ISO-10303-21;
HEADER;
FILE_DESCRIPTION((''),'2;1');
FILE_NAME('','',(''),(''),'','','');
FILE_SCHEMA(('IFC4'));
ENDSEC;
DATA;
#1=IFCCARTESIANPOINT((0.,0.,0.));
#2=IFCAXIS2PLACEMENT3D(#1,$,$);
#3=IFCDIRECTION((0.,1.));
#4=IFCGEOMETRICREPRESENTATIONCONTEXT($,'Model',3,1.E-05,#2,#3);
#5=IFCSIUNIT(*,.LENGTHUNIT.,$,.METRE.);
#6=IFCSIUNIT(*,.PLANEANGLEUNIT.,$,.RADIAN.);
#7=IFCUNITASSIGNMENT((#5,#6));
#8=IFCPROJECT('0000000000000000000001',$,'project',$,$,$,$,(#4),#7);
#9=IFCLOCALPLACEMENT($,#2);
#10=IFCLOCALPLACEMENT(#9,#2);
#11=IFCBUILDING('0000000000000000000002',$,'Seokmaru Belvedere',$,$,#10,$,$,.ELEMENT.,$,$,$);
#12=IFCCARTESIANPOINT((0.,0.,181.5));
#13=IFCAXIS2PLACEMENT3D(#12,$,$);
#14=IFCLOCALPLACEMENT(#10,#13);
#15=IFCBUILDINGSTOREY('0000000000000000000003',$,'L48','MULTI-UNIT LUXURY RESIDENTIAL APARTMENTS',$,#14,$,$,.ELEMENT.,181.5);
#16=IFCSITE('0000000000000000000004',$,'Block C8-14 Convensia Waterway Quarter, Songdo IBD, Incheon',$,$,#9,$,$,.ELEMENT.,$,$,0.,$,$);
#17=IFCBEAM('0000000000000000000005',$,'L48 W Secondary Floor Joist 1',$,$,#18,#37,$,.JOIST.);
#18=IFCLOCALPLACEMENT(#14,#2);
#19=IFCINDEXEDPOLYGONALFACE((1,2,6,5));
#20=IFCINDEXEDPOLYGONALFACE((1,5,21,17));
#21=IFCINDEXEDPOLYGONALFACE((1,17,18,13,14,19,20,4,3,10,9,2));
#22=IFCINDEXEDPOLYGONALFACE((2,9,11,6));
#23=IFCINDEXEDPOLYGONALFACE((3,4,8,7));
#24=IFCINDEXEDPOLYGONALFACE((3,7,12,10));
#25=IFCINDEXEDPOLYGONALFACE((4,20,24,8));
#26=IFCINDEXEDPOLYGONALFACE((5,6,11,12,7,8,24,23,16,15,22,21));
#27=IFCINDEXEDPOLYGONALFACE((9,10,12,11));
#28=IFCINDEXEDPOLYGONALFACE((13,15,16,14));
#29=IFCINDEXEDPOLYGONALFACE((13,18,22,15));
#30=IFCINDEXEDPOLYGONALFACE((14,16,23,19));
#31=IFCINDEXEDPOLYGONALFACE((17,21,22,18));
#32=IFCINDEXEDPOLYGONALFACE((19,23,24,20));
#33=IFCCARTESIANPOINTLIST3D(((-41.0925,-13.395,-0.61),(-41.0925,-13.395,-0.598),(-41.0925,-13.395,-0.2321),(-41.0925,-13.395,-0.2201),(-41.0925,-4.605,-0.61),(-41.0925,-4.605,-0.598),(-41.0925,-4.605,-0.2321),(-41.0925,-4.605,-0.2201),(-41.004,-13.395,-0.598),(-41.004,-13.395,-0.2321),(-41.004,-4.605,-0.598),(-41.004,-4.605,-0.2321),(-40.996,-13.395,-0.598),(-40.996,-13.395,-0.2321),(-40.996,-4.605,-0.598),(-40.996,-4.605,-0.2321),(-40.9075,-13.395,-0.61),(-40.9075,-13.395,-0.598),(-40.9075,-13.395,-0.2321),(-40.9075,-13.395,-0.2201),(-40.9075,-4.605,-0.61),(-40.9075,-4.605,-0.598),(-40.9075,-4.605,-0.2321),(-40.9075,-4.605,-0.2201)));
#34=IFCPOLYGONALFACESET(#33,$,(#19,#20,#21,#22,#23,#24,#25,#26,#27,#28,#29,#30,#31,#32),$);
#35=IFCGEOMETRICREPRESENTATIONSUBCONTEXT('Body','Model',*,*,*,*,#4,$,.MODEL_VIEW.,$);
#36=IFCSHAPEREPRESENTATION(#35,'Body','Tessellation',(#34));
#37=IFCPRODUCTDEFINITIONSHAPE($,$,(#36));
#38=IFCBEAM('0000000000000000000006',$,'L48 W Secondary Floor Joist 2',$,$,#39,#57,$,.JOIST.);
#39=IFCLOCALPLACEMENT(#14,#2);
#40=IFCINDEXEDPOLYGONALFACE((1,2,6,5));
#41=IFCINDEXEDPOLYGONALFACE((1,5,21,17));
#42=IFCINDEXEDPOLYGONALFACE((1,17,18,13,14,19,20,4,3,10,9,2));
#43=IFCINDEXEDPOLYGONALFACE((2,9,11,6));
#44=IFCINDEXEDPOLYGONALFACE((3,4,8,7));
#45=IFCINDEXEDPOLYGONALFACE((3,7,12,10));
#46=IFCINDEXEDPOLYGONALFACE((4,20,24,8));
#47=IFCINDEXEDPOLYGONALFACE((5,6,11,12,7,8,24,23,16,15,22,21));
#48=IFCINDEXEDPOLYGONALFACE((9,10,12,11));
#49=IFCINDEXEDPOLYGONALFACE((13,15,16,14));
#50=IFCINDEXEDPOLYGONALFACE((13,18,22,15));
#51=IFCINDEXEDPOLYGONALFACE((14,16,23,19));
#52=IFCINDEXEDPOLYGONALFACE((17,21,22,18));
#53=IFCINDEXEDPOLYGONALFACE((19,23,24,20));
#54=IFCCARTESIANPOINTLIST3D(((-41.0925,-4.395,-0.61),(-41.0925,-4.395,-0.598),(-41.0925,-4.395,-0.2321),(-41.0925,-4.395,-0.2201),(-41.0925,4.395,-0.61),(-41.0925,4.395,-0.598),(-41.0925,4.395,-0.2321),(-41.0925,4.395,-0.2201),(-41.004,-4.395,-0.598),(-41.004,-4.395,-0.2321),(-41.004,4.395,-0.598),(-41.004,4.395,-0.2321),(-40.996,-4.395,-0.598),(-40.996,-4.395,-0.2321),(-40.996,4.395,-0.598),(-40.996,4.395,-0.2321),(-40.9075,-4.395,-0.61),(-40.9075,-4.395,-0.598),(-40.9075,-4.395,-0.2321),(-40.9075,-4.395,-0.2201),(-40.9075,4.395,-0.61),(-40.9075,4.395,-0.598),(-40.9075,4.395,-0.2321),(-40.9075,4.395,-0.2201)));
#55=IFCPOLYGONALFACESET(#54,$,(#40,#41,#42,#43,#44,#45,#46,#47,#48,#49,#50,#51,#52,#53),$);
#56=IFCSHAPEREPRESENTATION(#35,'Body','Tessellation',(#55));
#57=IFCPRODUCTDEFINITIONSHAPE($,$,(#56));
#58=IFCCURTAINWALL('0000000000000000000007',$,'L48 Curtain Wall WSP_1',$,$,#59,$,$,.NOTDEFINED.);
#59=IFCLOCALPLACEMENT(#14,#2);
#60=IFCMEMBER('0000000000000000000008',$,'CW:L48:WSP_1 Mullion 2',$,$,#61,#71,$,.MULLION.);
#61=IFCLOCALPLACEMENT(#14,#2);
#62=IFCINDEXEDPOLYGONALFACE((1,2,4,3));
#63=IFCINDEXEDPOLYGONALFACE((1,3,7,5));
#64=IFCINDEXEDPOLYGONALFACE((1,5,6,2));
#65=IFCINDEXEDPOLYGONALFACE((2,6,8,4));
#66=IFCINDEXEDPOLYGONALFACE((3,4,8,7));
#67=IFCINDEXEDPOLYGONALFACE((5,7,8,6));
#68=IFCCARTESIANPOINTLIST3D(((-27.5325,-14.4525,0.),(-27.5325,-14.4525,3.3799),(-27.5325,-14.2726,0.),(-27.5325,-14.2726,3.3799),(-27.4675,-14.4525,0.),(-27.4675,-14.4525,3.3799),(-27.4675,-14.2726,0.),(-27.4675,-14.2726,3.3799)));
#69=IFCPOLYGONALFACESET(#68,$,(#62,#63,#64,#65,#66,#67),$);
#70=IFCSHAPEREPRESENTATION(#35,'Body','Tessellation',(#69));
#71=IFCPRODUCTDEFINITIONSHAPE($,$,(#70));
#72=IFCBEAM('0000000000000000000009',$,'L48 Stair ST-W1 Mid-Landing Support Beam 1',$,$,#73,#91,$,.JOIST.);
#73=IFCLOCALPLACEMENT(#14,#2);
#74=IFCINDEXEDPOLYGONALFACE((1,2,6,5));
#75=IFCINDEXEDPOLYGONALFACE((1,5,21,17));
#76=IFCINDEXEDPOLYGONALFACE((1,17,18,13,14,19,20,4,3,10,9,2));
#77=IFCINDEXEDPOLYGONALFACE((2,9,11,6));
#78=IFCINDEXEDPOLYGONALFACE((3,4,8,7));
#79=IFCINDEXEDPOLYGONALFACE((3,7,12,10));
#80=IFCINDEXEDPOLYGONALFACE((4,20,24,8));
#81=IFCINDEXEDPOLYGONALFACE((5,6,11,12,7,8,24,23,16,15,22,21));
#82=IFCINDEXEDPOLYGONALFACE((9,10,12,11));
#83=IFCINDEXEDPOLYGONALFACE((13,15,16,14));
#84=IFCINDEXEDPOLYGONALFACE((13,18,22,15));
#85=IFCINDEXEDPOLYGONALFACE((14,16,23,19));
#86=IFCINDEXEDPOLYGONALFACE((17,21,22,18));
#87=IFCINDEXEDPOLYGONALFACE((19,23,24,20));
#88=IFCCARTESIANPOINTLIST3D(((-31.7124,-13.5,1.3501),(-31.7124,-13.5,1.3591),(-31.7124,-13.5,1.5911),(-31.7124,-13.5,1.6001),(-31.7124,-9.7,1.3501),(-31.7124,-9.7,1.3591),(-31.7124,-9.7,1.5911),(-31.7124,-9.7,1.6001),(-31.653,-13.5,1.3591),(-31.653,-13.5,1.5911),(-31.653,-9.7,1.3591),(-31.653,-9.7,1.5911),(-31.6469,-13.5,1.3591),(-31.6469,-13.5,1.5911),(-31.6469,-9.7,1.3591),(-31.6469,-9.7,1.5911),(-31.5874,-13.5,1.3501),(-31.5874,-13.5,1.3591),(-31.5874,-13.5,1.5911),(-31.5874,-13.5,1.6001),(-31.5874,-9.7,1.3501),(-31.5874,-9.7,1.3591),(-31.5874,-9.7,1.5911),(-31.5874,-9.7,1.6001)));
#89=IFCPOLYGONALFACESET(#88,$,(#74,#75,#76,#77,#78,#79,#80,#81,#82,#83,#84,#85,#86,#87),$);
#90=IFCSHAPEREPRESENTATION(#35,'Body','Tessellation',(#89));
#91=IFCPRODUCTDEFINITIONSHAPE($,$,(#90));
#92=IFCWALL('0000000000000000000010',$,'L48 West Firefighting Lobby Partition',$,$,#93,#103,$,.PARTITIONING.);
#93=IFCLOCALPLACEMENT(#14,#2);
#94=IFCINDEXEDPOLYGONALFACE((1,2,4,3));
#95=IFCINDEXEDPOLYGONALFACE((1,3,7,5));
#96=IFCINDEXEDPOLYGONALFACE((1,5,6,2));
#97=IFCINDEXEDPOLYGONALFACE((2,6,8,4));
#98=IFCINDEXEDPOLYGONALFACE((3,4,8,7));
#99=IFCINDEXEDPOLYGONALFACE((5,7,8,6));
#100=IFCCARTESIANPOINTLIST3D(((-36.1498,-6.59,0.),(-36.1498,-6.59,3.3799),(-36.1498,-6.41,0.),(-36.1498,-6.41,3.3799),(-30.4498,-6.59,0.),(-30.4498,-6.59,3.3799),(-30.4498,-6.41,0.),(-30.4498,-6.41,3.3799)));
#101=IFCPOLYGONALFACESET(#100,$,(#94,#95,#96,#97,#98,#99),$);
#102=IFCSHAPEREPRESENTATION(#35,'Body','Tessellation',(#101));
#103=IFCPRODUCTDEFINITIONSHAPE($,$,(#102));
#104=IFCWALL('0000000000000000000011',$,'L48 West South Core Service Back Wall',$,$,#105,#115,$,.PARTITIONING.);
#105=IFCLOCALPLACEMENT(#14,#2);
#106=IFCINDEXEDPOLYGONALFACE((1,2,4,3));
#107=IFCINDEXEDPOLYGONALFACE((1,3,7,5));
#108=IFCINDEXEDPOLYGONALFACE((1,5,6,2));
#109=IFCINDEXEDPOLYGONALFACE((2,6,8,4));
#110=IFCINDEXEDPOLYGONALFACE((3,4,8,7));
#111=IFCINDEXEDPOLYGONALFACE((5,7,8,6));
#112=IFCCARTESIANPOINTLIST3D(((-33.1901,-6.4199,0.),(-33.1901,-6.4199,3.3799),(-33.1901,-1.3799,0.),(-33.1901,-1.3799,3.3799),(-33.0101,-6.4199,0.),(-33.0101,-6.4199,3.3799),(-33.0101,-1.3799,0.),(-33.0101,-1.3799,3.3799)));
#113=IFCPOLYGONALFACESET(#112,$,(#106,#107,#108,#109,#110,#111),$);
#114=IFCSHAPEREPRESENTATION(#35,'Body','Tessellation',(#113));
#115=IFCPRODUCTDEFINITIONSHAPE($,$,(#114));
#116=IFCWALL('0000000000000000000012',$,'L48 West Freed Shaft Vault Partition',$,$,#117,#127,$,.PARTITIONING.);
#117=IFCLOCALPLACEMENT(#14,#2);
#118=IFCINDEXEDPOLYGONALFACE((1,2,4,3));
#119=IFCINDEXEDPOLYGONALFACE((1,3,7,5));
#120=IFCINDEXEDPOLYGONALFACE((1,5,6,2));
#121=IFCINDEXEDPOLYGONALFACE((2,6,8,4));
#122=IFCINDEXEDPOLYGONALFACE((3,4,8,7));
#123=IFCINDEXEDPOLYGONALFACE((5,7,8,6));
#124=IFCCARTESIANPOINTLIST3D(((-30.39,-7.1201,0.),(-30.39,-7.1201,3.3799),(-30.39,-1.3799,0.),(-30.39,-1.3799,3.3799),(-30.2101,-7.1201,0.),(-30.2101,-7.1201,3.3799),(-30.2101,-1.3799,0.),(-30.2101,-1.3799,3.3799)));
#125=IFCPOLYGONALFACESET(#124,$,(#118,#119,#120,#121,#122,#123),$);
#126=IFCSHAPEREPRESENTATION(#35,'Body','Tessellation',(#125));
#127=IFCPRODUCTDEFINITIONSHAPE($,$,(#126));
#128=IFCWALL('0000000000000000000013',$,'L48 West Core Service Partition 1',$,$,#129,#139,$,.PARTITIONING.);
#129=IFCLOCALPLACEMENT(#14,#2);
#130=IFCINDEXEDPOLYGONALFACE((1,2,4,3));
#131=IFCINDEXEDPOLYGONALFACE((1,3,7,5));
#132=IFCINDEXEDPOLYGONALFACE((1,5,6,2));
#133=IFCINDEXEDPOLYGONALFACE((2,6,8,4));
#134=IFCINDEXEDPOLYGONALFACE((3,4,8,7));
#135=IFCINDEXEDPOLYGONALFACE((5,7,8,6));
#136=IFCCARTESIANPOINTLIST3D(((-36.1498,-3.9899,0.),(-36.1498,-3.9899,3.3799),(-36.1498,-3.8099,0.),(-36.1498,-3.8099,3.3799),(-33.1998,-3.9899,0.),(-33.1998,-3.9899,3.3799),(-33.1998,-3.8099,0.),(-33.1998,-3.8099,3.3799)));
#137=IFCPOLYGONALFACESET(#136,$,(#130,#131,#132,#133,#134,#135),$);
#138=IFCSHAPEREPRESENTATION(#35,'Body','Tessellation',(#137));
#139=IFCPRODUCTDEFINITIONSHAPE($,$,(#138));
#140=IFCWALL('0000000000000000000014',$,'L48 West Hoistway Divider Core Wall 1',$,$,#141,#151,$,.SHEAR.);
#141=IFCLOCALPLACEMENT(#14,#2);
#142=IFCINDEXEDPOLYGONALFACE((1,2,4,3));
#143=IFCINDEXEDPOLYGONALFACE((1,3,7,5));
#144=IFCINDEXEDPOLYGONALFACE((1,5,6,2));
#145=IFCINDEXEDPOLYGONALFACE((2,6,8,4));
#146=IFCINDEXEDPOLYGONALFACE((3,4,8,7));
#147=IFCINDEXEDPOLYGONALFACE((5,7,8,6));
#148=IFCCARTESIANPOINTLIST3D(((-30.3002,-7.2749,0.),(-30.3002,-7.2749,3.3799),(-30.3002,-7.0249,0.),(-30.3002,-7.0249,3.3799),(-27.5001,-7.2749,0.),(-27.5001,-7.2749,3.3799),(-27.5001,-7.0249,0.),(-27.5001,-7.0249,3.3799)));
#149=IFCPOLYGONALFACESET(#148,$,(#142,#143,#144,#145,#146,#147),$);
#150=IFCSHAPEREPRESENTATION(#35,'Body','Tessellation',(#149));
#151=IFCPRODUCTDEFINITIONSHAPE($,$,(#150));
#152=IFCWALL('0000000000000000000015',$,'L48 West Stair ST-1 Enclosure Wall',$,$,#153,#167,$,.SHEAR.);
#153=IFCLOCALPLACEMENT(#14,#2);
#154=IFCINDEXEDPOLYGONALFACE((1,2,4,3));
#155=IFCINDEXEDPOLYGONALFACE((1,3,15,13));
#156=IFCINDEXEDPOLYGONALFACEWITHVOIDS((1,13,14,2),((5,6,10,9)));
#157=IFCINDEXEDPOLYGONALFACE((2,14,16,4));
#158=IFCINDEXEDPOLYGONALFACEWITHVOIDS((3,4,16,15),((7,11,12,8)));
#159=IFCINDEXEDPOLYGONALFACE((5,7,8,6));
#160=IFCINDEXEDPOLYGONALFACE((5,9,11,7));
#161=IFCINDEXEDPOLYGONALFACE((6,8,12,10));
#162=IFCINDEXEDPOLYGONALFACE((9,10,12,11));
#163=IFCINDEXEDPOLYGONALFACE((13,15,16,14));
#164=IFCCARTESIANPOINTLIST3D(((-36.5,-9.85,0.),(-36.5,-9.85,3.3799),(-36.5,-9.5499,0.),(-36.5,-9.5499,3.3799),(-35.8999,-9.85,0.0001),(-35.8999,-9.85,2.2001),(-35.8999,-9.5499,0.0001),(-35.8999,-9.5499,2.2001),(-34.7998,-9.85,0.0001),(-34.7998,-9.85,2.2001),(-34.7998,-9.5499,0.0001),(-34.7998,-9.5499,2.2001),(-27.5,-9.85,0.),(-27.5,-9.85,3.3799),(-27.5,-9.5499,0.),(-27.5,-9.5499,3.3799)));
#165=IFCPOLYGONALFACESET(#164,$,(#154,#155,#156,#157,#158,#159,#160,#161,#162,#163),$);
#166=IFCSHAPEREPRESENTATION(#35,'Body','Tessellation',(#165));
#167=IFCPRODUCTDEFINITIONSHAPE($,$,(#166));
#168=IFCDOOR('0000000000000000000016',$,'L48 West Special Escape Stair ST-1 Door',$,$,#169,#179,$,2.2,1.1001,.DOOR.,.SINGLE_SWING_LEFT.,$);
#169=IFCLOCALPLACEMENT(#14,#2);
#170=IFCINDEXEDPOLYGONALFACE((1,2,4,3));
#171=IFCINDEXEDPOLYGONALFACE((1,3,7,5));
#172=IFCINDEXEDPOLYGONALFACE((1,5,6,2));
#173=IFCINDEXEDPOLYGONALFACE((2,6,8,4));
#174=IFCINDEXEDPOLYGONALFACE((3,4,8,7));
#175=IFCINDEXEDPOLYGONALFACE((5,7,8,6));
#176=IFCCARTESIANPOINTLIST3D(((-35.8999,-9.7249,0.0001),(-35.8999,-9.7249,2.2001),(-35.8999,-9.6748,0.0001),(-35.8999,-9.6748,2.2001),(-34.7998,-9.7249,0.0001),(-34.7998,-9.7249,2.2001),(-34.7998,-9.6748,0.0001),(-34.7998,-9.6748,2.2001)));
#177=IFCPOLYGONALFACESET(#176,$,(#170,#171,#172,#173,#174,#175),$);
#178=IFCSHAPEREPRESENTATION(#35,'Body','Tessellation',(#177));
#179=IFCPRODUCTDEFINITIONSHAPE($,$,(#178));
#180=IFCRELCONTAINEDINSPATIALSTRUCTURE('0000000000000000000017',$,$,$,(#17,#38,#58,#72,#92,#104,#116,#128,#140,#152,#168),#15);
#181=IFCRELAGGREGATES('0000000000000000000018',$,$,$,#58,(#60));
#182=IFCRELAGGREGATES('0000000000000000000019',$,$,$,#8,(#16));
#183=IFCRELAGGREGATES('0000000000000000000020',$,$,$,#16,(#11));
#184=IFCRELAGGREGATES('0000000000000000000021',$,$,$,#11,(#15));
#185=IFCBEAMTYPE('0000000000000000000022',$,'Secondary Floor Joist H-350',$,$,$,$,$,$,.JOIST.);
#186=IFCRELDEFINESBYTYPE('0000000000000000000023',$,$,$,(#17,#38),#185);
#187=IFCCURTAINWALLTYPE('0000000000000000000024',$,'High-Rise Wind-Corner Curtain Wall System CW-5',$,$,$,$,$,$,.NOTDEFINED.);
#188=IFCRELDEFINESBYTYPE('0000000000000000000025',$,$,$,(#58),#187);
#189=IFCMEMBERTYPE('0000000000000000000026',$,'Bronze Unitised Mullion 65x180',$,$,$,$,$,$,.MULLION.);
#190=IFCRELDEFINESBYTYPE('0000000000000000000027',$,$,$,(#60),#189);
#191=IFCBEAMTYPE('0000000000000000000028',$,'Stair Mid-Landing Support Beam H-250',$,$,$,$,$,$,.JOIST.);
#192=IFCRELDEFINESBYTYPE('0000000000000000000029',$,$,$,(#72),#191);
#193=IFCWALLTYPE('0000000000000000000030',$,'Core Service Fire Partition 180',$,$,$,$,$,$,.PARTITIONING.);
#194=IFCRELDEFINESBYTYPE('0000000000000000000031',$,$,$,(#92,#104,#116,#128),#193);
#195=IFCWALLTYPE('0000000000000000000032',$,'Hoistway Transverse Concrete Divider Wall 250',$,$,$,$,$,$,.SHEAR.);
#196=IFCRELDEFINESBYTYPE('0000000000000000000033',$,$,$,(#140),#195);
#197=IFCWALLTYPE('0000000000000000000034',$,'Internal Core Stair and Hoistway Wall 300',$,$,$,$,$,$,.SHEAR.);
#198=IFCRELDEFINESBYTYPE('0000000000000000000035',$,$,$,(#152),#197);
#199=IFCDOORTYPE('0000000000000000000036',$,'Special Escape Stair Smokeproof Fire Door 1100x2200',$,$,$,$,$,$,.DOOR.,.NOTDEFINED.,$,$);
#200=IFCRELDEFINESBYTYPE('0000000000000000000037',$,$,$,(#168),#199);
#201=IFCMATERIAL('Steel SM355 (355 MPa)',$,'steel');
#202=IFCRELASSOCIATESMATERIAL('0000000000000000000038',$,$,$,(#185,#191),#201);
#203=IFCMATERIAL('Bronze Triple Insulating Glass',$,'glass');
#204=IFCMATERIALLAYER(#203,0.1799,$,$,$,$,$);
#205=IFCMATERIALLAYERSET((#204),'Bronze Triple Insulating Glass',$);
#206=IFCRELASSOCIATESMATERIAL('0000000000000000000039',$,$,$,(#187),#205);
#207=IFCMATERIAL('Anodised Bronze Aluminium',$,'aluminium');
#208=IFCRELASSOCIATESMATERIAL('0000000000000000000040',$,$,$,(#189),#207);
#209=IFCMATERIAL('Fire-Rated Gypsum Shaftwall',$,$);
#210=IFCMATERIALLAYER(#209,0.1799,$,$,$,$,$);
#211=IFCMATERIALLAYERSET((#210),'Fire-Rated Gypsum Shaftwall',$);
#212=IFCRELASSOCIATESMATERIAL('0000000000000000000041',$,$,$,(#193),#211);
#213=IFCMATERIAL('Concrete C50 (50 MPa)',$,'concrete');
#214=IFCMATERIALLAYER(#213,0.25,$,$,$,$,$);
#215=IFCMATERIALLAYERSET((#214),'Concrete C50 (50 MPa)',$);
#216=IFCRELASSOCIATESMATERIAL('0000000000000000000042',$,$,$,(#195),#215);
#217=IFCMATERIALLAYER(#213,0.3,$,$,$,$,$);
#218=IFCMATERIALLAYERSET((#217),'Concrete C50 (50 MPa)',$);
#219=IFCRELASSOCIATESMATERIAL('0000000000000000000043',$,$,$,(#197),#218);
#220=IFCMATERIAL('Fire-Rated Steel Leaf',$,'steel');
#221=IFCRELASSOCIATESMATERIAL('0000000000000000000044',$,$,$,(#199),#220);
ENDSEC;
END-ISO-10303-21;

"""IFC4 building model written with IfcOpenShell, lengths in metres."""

from ifc_helpers import new_model, si_unit, direction, frame, frame_2d, origin, origin_2d, place, context, subcontext, project, spatial, rectangle, i_section, extrude, source, transform, mapped, material, layer, layer_set, material_profile, profile_set, type_object, type_shapes, element, fill, aggregate, save


model = new_model("IFC4")

# Units and contexts
model_context = context("Model", 3, precision=1e-05, world=origin(), true_north=direction((0.0, 1.0)))
body_context = subcontext(model_context, "Body", "Model", "MODEL_VIEW")
ifc_project = project(units=[si_unit("LENGTHUNIT", "METRE"), si_unit("PLANEANGLEUNIT", "RADIAN")], contexts=[model_context])

# Site, building, storey
site_placement = place(None, origin())
site = spatial("IfcSite", under=ifc_project, at=site_placement, Name="Block C8-14 Convensia Waterway Quarter, Songdo IBD, Incheon", CompositionType="ELEMENT", RefElevation=0.0)
building_placement = place(site_placement, origin())
building = spatial("IfcBuilding", under=site, at=building_placement, Name="Seokmaru Belvedere", CompositionType="ELEMENT")
storey_placement = place(building_placement, frame((0.0, 0.0, 181.5)))
storey = spatial("IfcBuildingStorey", under=building, at=storey_placement, Name="L48", Description="MULTI-UNIT LUXURY RESIDENTIAL APARTMENTS", CompositionType="ELEMENT", Elevation=181.5)

# Shared definitions
ifc_material_1 = material(Name="Steel SM355 (355 MPa)", Category="steel")

# Beams
ifc_material_profile_1 = material_profile(ifc_material_1, i_section(OverallWidth=0.1851, OverallDepth=0.3899, WebThickness=0.0081, FlangeThickness=0.012, at=origin_2d()), Name="H-390x185x8x12")
ifc_profile_set_1 = profile_set([ifc_material_profile_1], Name="Steel SM355 (355 MPa)")
beam_type_1 = type_object("IfcBeamType", Name="Secondary Floor Joist H-350", PredefinedType="JOIST", material=ifc_profile_set_1)
shared_shape_1 = source(origin(), body_context, "Body", "SweptSolid", [
    extrude(i_section(OverallWidth=0.1851, OverallDepth=0.3899, WebThickness=0.0081, FlangeThickness=0.012, at=origin_2d()), origin(), (0.0, 0.0, 1.0), 8.79),
])
type_shapes(beam_type_1, [shared_shape_1])
for number, where, z_axis, x_axis, name in (
    (1, (-41.0, -13.395, -0.415), (0.0, 1.0, 0.0), (-1.0, 0.0, 0.0), "L48 W Secondary Floor Joist 1"),
    (2, (-41.0, -4.395, -0.415), (0.0, 1.0, 0.0), (-1.0, 0.0, 0.0), "L48 W Secondary Floor Joist 2"),
):
    element("IfcBeam", number, at=place(storey_placement, frame(where, z_axis=z_axis, x_axis=x_axis)), inside=storey, type_object=beam_type_1, Name=name, PredefinedType="JOIST", context=body_context, shape_type="MappedRepresentation", body=[
        mapped(shared_shape_1, transform((0.0, 0.0, 0.0), scale=1.0)),
    ])

# Curtain wall, member
ifc_material_2 = material(Name="Bronze Triple Insulating Glass", Category="glass")
ifc_layer_1 = layer(ifc_material_2, 0.1799)
ifc_layer_set_1 = layer_set([ifc_layer_1], Name="Bronze Triple Insulating Glass")
curtain_wall_type = type_object("IfcCurtainWallType", Name="High-Rise Wind-Corner Curtain Wall System CW-5", PredefinedType="NOTDEFINED", material=ifc_layer_set_1)
curtain_wall_placement = place(storey_placement, origin())
curtain_wall = element("IfcCurtainWall", 3, at=curtain_wall_placement, inside=storey, type_object=curtain_wall_type, Name="L48 Curtain Wall WSP_1", PredefinedType="NOTDEFINED")
ifc_material_3 = material(Name="Anodised Bronze Aluminium", Category="aluminium")
ifc_material_profile_2 = material_profile(ifc_material_3, rectangle(XDim=0.0649, YDim=0.1799, at=origin_2d()), Name="CW-M-65x180")
ifc_profile_set_2 = profile_set([ifc_material_profile_2], Name="Anodised Bronze Aluminium")
member_type = type_object("IfcMemberType", Name="Bronze Unitised Mullion 65x180", PredefinedType="MULLION", material=ifc_profile_set_2)
shared_shape_2 = source(origin(), body_context, "Body", "SweptSolid", [
    extrude(rectangle(XDim=0.0649, YDim=0.1799, at=origin_2d()), origin(), (0.0, 0.0, 1.0), 3.3799),
])
type_shapes(member_type, [shared_shape_2])
member_placement = place(storey_placement, frame((-27.5, -14.3625, 0.0), z_axis=(0.0, 0.0, 1.0), x_axis=(-1.0, 0.0, 0.0)))
member = element("IfcMember", 4, at=member_placement, type_object=member_type, Name="CW:L48:WSP_1 Mullion 2", PredefinedType="MULLION", context=body_context, shape_type="MappedRepresentation", body=[
    mapped(shared_shape_2, transform((0.0, 0.0, 0.0), scale=1.0)),
])
aggregate(curtain_wall, [member])

# Beam
ifc_material_profile_3 = material_profile(ifc_material_1, i_section(OverallWidth=0.125, OverallDepth=0.25, WebThickness=0.0061, FlangeThickness=0.009, at=origin_2d()), Name="H-250x125x6x9")
ifc_profile_set_3 = profile_set([ifc_material_profile_3], Name="Steel SM355 (355 MPa)")
beam_type_2 = type_object("IfcBeamType", Name="Stair Mid-Landing Support Beam H-250", PredefinedType="JOIST", material=ifc_profile_set_3)
shared_shape_3 = source(origin(), body_context, "Body", "SweptSolid", [
    extrude(i_section(OverallWidth=0.125, OverallDepth=0.25, WebThickness=0.0061, FlangeThickness=0.009, at=origin_2d()), origin(), (0.0, 0.0, 1.0), 3.8),
])
type_shapes(beam_type_2, [shared_shape_3])
beam_1_placement = place(storey_placement, frame((-31.6499, -13.5, 1.4751), z_axis=(0.0, 1.0, 0.0), x_axis=(-1.0, 0.0, 0.0)))
element("IfcBeam", 5, at=beam_1_placement, inside=storey, type_object=beam_type_2, Name="L48 Stair ST-W1 Mid-Landing Support Beam 1", PredefinedType="JOIST", context=body_context, shape_type="MappedRepresentation", body=[
    mapped(shared_shape_3, transform((0.0, 0.0, 0.0), scale=1.0)),
])

# Walls
ifc_material_4 = material(Name="Fire-Rated Gypsum Shaftwall")
ifc_layer_2 = layer(ifc_material_4, 0.1799)
ifc_layer_set_2 = layer_set([ifc_layer_2], Name="Fire-Rated Gypsum Shaftwall")
wall_type_1 = type_object("IfcWallType", Name="Core Service Fire Partition 180", PredefinedType="PARTITIONING", material=ifc_layer_set_2)
wall_1_placement = place(storey_placement, frame((-36.1499, -6.5, 0.0), z_axis=(0.0, 0.0, 1.0), x_axis=(1.0, 0.0, 0.0)))
element("IfcWall", 6, at=wall_1_placement, inside=storey, type_object=wall_type_1, Name="L48 West Firefighting Lobby Partition", PredefinedType="PARTITIONING", context=body_context, shape_type="SweptSolid", body=[
    extrude(rectangle(XDim=5.7, YDim=0.1799, at=frame_2d((2.8501, 0.0))), origin(), (0.0, 0.0, 1.0), 3.3799),
])
wall_2_placement = place(storey_placement, frame((-33.1001, -6.4199, 0.0), z_axis=(0.0, 0.0, 1.0), x_axis=(0.0, 1.0, 0.0)))
element("IfcWall", 7, at=wall_2_placement, inside=storey, type_object=wall_type_1, Name="L48 West South Core Service Back Wall", PredefinedType="PARTITIONING", context=body_context, shape_type="SweptSolid", body=[
    extrude(rectangle(XDim=5.04, YDim=0.1799, at=frame_2d((2.52, 0.0))), origin(), (0.0, 0.0, 1.0), 3.3799),
])
wall_3_placement = place(storey_placement, frame((-30.3, -7.1201, 0.0), z_axis=(0.0, 0.0, 1.0), x_axis=(0.0, 1.0, 0.0)))
element("IfcWall", 8, at=wall_3_placement, inside=storey, type_object=wall_type_1, Name="L48 West Freed Shaft Vault Partition", PredefinedType="PARTITIONING", context=body_context, shape_type="SweptSolid", body=[
    extrude(rectangle(XDim=5.7402, YDim=0.1799, at=frame_2d((2.8701, 0.0))), origin(), (0.0, 0.0, 1.0), 3.3799),
])
wall_4_placement = place(storey_placement, frame((-36.1499, -3.8999, 0.0), z_axis=(0.0, 0.0, 1.0), x_axis=(1.0, 0.0, 0.0)))
element("IfcWall", 9, at=wall_4_placement, inside=storey, type_object=wall_type_1, Name="L48 West Core Service Partition 1", PredefinedType="PARTITIONING", context=body_context, shape_type="SweptSolid", body=[
    extrude(rectangle(XDim=2.95, YDim=0.1799, at=frame_2d((1.4751, 0.0))), origin(), (0.0, 0.0, 1.0), 3.3799),
])
ifc_material_5 = material(Name="Concrete C50 (50 MPa)", Category="concrete")
ifc_layer_3 = layer(ifc_material_5, 0.25)
ifc_layer_set_3 = layer_set([ifc_layer_3], Name="Concrete C50 (50 MPa)")
wall_type_2 = type_object("IfcWallType", Name="Hoistway Transverse Concrete Divider Wall 250", PredefinedType="SHEAR", material=ifc_layer_set_3)
wall_5_placement = place(storey_placement, frame((-30.3, -7.1499, 0.0), z_axis=(0.0, 0.0, 1.0), x_axis=(1.0, 0.0, 0.0)))
element("IfcWall", 10, at=wall_5_placement, inside=storey, type_object=wall_type_2, Name="L48 West Hoistway Divider Core Wall 1", PredefinedType="SHEAR", context=body_context, shape_type="SweptSolid", body=[
    extrude(rectangle(XDim=2.8, YDim=0.25, at=frame_2d((1.3999, 0.0))), origin(), (0.0, 0.0, 1.0), 3.3799),
])

# Wall, opening, door
ifc_layer_4 = layer(ifc_material_5, 0.3)
ifc_layer_set_4 = layer_set([ifc_layer_4], Name="Concrete C50 (50 MPa)")
wall_type_3 = type_object("IfcWallType", Name="Internal Core Stair and Hoistway Wall 300", PredefinedType="SHEAR", material=ifc_layer_set_4)
wall_6_placement = place(storey_placement, frame((-36.5, -9.7, 0.0), z_axis=(0.0, 0.0, 1.0), x_axis=(1.0, 0.0, 0.0)))
wall_6 = element("IfcWall", 11, at=wall_6_placement, inside=storey, type_object=wall_type_3, Name="L48 West Stair ST-1 Enclosure Wall", PredefinedType="SHEAR", context=body_context, shape_type="SweptSolid", body=[
    extrude(rectangle(XDim=9.0, YDim=0.3, at=frame_2d((4.5, 0.0))), origin(), (0.0, 0.0, 1.0), 3.3799),
])
opening_1_placement = place(wall_6_placement, frame((0.6001, 0.0, 0.0)))
opening_1 = element("IfcOpeningElement", 12, at=opening_1_placement, cuts=wall_6, PredefinedType="OPENING", context=body_context, shape_type="SweptSolid", body=[
    extrude(rectangle(XDim=1.1001, YDim=2.2, at=frame_2d((0.55, 1.1001))), frame((0.0, 0.1602, 0.0), z_axis=(0.0, -1.0, 0.0), x_axis=(1.0, 0.0, 0.0)), (0.0, 0.0, 1.0), 0.3201),
])
ifc_material_6 = material(Name="Fire-Rated Steel Leaf", Category="steel")
door_type_1 = type_object("IfcDoorType", Name="Special Escape Stair Smokeproof Fire Door 1100x2200", OperationType="NOTDEFINED", PredefinedType="DOOR", material=ifc_material_6)
shared_shape_4 = source(origin(), body_context, "Body", "SweptSolid", [
    extrude(rectangle(XDim=1.1001, YDim=2.2, at=frame_2d((0.55, 1.1001))), frame((0.0, 0.0249, 0.0), z_axis=(0.0, -1.0, 0.0), x_axis=(1.0, 0.0, 0.0)), (0.0, 0.0, 1.0), 0.05),
])
type_shapes(door_type_1, [shared_shape_4])
door_1_placement = place(opening_1_placement, frame((1.1001, 0.0, 0.0), z_axis=(0.0, 0.0, 1.0), x_axis=(-1.0, 0.0, 0.0)))
door_1 = element("IfcDoor", 13, at=door_1_placement, inside=storey, type_object=door_type_1, Name="L48 West Special Escape Stair ST-1 Door", OperationType="SINGLE_SWING_LEFT", OverallHeight=2.2, OverallWidth=1.1001, PredefinedType="DOOR", context=body_context, shape_type="MappedRepresentation", body=[
    mapped(shared_shape_4, transform((0.0, 0.0, 0.0), scale=1.0)),
])
fill(opening_1, door_1)

save(model, "model.ifc")
